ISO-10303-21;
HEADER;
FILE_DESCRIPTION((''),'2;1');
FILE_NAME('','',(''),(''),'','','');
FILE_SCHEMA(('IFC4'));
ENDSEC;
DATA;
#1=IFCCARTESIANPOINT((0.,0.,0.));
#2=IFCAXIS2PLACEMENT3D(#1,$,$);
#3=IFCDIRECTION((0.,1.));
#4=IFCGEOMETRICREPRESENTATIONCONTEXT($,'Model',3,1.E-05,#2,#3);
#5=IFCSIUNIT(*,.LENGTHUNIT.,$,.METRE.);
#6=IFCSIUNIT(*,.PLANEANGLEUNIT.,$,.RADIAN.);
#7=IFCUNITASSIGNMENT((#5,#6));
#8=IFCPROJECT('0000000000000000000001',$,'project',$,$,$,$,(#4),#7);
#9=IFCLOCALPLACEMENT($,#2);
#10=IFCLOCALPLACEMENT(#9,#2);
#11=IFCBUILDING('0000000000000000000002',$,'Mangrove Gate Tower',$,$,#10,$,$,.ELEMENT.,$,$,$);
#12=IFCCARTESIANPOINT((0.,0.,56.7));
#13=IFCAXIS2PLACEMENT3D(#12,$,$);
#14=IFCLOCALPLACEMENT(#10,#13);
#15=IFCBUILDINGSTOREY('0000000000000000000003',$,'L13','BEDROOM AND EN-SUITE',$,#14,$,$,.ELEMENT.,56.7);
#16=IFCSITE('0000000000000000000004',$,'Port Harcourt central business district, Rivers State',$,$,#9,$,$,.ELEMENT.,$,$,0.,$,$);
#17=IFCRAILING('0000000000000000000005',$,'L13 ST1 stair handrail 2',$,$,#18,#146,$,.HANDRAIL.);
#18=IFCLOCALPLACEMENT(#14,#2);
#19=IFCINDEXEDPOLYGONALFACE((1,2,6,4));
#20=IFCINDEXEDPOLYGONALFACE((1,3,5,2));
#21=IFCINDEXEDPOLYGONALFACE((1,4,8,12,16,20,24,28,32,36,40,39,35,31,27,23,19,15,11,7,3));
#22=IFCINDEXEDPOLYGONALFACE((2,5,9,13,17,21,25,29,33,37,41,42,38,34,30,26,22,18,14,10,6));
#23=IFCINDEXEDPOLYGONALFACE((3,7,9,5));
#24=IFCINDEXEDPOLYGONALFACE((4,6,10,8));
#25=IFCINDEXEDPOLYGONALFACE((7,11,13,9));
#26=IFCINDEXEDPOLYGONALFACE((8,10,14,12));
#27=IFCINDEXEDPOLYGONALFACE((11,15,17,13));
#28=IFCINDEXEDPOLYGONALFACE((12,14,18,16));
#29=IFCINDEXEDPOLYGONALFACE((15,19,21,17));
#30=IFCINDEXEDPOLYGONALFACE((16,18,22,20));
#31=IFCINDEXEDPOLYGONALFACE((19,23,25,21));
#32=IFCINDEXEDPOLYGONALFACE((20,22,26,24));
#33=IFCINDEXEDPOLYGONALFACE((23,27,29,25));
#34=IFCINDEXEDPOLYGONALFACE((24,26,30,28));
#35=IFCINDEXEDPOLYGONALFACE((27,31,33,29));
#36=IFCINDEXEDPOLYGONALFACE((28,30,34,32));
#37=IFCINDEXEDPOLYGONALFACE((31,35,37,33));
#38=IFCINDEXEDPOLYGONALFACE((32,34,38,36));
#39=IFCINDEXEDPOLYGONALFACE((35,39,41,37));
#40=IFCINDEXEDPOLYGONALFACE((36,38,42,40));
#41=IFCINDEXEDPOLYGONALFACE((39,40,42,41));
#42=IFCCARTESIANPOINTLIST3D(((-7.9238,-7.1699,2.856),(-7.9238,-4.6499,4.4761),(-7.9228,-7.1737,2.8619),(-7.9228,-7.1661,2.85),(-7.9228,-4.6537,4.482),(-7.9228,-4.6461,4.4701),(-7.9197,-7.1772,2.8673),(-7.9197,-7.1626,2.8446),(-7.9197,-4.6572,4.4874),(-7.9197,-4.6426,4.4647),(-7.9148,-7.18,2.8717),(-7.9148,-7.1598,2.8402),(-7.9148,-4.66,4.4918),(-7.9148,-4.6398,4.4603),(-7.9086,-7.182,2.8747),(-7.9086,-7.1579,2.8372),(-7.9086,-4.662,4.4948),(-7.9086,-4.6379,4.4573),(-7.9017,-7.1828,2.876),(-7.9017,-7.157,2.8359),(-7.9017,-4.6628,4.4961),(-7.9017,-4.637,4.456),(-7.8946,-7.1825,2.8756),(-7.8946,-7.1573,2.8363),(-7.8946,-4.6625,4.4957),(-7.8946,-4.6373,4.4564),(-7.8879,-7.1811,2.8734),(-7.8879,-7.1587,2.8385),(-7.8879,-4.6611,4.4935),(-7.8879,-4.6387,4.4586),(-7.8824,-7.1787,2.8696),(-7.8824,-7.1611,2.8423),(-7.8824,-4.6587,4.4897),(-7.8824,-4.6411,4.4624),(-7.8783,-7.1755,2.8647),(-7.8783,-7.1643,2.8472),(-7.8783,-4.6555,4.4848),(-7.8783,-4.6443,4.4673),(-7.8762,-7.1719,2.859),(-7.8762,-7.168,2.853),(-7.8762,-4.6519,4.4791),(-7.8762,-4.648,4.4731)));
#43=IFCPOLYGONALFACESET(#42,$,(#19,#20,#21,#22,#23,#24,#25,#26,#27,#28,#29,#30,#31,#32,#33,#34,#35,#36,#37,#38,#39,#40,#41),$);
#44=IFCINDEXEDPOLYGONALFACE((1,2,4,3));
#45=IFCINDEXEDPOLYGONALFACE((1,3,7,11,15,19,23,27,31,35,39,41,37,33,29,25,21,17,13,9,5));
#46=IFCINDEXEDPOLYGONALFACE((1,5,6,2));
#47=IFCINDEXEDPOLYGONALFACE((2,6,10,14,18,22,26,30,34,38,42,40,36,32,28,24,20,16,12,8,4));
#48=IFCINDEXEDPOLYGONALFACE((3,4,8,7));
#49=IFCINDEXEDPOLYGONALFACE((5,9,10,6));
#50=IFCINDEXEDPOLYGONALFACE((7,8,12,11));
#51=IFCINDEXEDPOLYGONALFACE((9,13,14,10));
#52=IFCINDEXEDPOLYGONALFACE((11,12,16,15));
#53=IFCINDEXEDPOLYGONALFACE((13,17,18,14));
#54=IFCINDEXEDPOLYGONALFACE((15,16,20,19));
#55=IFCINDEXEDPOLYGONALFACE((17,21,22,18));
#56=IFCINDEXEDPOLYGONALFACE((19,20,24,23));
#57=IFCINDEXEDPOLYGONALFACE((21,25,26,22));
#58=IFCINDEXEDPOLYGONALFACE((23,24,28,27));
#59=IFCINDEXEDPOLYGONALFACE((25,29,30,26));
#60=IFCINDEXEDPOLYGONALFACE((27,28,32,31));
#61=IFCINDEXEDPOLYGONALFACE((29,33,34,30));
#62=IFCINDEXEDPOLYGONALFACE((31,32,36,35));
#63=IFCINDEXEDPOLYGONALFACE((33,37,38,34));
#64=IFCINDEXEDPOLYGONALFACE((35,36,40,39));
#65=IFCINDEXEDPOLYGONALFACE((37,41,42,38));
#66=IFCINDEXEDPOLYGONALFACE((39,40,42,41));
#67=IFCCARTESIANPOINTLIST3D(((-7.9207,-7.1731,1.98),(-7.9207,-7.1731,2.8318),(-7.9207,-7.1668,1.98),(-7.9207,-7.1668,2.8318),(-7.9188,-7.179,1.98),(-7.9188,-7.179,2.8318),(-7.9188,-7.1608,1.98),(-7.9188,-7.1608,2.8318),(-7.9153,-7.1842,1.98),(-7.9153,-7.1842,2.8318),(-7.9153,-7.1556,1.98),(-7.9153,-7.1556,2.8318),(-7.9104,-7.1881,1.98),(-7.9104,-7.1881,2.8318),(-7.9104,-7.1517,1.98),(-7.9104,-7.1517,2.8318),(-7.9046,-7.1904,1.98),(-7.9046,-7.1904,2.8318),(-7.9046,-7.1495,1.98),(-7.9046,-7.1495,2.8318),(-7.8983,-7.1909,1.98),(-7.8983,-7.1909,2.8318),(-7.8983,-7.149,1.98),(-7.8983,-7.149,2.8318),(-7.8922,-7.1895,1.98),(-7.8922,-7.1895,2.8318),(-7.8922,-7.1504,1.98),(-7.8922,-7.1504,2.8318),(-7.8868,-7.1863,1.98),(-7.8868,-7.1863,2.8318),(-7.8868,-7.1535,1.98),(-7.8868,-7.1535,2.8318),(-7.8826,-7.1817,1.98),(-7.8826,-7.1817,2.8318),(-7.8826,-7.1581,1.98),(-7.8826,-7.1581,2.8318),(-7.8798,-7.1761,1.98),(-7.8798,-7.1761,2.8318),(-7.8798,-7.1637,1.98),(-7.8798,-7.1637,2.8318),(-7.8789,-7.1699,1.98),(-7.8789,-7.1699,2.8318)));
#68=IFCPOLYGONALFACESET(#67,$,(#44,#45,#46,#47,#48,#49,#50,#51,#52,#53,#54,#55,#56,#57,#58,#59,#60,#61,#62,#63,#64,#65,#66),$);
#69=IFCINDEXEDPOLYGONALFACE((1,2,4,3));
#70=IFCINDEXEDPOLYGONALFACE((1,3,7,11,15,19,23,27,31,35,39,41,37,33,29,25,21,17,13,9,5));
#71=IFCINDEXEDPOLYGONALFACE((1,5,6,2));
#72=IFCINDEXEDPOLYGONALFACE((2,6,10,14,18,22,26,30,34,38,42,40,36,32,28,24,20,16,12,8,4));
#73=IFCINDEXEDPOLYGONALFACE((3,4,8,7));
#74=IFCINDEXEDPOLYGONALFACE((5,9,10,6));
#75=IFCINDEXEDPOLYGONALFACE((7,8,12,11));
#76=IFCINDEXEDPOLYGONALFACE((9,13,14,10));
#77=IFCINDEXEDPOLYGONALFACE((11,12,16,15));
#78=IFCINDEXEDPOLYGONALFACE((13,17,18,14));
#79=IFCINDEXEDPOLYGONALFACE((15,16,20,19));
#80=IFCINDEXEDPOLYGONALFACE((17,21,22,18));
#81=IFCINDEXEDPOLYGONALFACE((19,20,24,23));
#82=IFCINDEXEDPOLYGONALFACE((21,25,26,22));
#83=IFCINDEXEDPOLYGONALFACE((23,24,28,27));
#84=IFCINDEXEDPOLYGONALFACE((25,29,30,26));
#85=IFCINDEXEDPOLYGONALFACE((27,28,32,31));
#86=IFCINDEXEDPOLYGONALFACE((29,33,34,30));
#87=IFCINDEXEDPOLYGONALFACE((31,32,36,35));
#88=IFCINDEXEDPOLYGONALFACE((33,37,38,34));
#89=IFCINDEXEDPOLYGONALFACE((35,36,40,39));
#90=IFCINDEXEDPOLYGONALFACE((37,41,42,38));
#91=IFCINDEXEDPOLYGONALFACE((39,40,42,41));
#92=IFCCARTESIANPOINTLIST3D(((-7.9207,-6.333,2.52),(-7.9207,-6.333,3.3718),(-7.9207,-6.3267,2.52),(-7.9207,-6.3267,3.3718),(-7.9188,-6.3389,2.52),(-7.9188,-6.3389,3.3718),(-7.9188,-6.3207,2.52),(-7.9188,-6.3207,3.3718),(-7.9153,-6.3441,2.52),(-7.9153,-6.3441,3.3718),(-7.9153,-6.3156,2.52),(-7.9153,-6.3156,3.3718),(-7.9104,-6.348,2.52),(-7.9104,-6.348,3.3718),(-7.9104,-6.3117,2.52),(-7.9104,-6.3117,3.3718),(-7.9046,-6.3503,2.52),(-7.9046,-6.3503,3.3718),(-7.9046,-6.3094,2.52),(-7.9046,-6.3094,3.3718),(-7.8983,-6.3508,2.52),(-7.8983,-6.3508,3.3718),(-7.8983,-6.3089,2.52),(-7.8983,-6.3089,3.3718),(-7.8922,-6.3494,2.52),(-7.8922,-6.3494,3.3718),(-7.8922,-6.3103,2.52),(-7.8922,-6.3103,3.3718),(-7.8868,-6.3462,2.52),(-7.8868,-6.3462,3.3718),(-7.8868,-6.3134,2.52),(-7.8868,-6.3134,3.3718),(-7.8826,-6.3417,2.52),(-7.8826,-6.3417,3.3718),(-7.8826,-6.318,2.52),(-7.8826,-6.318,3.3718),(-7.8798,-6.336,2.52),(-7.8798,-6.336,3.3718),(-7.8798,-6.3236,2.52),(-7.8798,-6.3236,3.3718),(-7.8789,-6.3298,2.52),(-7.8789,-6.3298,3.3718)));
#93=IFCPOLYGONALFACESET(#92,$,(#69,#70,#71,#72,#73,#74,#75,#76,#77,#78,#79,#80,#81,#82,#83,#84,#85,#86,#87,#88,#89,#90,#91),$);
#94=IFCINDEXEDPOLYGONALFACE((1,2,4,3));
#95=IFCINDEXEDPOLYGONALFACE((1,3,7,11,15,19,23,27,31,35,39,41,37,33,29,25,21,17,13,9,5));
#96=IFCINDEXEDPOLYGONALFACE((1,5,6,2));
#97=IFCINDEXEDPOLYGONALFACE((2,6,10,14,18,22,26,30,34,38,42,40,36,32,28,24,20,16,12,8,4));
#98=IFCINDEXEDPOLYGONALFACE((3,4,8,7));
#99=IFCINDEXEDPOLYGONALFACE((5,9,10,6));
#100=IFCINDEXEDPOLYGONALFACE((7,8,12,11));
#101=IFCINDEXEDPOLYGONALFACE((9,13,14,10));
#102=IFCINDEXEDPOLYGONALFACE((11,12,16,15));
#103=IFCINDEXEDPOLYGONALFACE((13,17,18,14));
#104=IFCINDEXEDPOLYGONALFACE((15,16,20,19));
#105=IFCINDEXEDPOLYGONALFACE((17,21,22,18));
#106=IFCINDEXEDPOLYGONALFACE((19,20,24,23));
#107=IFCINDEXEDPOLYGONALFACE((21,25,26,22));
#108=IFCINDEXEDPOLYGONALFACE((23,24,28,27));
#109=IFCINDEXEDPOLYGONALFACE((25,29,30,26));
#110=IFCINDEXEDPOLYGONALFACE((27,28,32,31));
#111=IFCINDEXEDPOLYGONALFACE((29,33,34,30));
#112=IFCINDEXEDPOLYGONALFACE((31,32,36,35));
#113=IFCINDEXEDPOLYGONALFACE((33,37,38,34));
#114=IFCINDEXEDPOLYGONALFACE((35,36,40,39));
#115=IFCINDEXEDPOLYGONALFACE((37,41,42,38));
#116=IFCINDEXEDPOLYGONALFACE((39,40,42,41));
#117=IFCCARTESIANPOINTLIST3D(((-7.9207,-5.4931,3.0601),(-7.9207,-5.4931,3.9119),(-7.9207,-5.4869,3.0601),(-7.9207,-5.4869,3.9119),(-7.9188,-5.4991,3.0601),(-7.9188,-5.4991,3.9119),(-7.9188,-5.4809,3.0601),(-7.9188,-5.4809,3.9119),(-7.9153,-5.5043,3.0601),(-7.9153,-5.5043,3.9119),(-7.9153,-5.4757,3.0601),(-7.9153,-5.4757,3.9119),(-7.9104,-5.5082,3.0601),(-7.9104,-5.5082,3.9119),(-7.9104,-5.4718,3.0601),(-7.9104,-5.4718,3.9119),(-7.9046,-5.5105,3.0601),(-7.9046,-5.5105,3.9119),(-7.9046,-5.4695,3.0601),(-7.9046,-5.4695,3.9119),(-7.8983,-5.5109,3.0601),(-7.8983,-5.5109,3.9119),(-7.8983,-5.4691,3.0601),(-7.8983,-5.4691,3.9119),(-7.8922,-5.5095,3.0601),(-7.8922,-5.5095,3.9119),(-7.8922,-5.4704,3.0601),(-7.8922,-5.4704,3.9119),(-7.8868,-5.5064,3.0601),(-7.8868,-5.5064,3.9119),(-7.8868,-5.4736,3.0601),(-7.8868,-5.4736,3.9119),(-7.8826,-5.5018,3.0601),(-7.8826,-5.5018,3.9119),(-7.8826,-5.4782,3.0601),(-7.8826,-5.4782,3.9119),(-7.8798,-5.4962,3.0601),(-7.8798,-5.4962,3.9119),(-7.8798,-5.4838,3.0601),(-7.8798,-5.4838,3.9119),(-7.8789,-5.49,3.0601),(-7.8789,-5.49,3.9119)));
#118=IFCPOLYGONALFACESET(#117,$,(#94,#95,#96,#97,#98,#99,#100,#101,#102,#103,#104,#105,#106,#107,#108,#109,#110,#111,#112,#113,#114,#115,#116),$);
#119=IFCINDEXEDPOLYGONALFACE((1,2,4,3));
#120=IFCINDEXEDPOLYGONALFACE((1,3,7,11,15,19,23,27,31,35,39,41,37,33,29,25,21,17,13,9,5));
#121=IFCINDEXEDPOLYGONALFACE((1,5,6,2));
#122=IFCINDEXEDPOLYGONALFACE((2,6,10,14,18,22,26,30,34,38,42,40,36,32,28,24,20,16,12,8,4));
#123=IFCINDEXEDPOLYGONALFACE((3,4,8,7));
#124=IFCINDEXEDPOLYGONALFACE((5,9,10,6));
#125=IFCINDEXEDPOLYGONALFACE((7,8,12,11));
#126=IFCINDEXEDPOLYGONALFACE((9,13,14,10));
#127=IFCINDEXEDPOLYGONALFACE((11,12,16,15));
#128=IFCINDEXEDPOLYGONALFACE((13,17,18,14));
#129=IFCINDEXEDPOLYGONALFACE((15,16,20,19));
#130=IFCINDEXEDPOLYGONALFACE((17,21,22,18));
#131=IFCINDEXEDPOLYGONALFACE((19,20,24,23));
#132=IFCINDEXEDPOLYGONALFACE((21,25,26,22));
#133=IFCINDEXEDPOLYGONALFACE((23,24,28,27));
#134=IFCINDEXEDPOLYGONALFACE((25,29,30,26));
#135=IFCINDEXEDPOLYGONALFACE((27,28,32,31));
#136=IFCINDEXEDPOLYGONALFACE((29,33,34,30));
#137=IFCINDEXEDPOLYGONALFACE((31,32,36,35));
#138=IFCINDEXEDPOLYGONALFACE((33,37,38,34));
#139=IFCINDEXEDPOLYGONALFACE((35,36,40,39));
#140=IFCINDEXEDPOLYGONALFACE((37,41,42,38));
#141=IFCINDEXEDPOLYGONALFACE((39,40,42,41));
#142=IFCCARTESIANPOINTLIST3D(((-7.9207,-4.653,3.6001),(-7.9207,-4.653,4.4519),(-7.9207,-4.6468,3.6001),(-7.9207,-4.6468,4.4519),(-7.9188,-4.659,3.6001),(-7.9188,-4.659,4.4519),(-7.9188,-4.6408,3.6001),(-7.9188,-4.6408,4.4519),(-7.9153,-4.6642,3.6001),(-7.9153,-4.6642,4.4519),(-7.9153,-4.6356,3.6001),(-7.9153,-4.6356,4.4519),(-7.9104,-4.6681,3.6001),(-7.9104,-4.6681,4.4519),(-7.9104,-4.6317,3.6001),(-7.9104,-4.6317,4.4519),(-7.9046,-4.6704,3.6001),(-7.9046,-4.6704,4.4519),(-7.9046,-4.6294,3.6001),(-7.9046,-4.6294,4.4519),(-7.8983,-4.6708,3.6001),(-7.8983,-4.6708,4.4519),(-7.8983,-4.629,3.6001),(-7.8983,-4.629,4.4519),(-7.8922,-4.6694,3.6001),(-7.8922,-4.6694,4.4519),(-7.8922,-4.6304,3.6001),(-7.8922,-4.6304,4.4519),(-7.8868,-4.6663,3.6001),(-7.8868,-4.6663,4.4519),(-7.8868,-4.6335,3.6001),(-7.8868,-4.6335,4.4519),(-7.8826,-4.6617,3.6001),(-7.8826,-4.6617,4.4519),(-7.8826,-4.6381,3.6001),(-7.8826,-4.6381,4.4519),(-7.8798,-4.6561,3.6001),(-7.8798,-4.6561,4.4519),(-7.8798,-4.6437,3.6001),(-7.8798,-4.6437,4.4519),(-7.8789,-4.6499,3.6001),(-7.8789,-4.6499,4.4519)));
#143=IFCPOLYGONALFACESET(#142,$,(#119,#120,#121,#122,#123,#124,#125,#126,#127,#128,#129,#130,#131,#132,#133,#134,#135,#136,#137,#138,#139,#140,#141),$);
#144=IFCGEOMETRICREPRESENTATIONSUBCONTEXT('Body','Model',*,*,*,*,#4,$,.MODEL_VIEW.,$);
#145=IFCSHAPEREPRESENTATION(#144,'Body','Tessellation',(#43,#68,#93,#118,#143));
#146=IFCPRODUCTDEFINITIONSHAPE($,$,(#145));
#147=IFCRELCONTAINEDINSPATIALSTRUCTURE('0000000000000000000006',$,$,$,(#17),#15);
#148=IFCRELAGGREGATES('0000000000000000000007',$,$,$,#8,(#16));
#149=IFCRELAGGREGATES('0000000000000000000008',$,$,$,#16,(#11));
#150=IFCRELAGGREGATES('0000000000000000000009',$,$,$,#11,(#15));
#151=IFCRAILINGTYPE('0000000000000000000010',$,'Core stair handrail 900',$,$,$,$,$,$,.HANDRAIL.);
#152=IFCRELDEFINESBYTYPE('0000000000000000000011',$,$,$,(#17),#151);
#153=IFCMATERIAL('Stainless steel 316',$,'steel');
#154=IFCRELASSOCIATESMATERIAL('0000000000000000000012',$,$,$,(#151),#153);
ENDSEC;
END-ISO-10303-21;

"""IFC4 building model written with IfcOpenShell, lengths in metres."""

from ifc_helpers import new_model, si_unit, direction, frame, origin, origin_2d, place, context, subcontext, project, spatial, circle, extrude, material, type_object, element, save


model = new_model("IFC4")

# Units and contexts
model_context = context("Model", 3, precision=1e-05, world=origin(), true_north=direction((0.0, 1.0)))
body_context = subcontext(model_context, "Body", "Model", "MODEL_VIEW")
ifc_project = project(units=[si_unit("LENGTHUNIT", "METRE"), si_unit("PLANEANGLEUNIT", "RADIAN")], contexts=[model_context])

# Site, building, storey
site_placement = place(None, origin())
site = spatial("IfcSite", under=ifc_project, at=site_placement, Name="Port Harcourt central business district, Rivers State", CompositionType="ELEMENT", RefElevation=0.0)
building_placement = place(site_placement, origin())
building = spatial("IfcBuilding", under=site, at=building_placement, Name="Mangrove Gate Tower", CompositionType="ELEMENT")
storey_placement = place(building_placement, frame((0.0, 0.0, 56.7)))
storey = spatial("IfcBuildingStorey", under=building, at=storey_placement, Name="L13", Description="BEDROOM AND EN-SUITE", CompositionType="ELEMENT", Elevation=56.7)

# Railing
ifc_material_1 = material(Name="Stainless steel 316", Category="steel")
railing_type_1 = type_object("IfcRailingType", Name="Core stair handrail 900", PredefinedType="HANDRAIL", material=ifc_material_1)
railing_1_placement = place(storey_placement, frame((-7.8999, -7.1699, 1.98)))
element("IfcRailing", 1, at=railing_1_placement, inside=storey, type_object=railing_type_1, Name="L13 ST1 stair handrail 2", PredefinedType="HANDRAIL", context=body_context, shape_type="SweptSolid", body=[
    extrude(circle(Radius=0.0239, at=origin_2d()), frame((0.0, 0.0, 0.876), z_axis=(0.0, 0.841163, 0.540782), x_axis=(-1.0, 0.0, 0.0)), (0.0, 0.0, 1.0), 2.9958),
    extrude(circle(Radius=0.021, at=origin_2d()), origin(), (0.0, 0.0, 1.0), 0.8518),
    extrude(circle(Radius=0.021, at=origin_2d()), frame((0.0, 0.8401, 0.54)), (0.0, 0.0, 1.0), 0.8518),
    extrude(circle(Radius=0.021, at=origin_2d()), frame((0.0, 1.6799, 1.0801)), (0.0, 0.0, 1.0), 0.8518),
    extrude(circle(Radius=0.021, at=origin_2d()), frame((0.0, 2.52, 1.6201)), (0.0, 0.0, 1.0), 0.8518),
])

save(model, "model.ifc")
